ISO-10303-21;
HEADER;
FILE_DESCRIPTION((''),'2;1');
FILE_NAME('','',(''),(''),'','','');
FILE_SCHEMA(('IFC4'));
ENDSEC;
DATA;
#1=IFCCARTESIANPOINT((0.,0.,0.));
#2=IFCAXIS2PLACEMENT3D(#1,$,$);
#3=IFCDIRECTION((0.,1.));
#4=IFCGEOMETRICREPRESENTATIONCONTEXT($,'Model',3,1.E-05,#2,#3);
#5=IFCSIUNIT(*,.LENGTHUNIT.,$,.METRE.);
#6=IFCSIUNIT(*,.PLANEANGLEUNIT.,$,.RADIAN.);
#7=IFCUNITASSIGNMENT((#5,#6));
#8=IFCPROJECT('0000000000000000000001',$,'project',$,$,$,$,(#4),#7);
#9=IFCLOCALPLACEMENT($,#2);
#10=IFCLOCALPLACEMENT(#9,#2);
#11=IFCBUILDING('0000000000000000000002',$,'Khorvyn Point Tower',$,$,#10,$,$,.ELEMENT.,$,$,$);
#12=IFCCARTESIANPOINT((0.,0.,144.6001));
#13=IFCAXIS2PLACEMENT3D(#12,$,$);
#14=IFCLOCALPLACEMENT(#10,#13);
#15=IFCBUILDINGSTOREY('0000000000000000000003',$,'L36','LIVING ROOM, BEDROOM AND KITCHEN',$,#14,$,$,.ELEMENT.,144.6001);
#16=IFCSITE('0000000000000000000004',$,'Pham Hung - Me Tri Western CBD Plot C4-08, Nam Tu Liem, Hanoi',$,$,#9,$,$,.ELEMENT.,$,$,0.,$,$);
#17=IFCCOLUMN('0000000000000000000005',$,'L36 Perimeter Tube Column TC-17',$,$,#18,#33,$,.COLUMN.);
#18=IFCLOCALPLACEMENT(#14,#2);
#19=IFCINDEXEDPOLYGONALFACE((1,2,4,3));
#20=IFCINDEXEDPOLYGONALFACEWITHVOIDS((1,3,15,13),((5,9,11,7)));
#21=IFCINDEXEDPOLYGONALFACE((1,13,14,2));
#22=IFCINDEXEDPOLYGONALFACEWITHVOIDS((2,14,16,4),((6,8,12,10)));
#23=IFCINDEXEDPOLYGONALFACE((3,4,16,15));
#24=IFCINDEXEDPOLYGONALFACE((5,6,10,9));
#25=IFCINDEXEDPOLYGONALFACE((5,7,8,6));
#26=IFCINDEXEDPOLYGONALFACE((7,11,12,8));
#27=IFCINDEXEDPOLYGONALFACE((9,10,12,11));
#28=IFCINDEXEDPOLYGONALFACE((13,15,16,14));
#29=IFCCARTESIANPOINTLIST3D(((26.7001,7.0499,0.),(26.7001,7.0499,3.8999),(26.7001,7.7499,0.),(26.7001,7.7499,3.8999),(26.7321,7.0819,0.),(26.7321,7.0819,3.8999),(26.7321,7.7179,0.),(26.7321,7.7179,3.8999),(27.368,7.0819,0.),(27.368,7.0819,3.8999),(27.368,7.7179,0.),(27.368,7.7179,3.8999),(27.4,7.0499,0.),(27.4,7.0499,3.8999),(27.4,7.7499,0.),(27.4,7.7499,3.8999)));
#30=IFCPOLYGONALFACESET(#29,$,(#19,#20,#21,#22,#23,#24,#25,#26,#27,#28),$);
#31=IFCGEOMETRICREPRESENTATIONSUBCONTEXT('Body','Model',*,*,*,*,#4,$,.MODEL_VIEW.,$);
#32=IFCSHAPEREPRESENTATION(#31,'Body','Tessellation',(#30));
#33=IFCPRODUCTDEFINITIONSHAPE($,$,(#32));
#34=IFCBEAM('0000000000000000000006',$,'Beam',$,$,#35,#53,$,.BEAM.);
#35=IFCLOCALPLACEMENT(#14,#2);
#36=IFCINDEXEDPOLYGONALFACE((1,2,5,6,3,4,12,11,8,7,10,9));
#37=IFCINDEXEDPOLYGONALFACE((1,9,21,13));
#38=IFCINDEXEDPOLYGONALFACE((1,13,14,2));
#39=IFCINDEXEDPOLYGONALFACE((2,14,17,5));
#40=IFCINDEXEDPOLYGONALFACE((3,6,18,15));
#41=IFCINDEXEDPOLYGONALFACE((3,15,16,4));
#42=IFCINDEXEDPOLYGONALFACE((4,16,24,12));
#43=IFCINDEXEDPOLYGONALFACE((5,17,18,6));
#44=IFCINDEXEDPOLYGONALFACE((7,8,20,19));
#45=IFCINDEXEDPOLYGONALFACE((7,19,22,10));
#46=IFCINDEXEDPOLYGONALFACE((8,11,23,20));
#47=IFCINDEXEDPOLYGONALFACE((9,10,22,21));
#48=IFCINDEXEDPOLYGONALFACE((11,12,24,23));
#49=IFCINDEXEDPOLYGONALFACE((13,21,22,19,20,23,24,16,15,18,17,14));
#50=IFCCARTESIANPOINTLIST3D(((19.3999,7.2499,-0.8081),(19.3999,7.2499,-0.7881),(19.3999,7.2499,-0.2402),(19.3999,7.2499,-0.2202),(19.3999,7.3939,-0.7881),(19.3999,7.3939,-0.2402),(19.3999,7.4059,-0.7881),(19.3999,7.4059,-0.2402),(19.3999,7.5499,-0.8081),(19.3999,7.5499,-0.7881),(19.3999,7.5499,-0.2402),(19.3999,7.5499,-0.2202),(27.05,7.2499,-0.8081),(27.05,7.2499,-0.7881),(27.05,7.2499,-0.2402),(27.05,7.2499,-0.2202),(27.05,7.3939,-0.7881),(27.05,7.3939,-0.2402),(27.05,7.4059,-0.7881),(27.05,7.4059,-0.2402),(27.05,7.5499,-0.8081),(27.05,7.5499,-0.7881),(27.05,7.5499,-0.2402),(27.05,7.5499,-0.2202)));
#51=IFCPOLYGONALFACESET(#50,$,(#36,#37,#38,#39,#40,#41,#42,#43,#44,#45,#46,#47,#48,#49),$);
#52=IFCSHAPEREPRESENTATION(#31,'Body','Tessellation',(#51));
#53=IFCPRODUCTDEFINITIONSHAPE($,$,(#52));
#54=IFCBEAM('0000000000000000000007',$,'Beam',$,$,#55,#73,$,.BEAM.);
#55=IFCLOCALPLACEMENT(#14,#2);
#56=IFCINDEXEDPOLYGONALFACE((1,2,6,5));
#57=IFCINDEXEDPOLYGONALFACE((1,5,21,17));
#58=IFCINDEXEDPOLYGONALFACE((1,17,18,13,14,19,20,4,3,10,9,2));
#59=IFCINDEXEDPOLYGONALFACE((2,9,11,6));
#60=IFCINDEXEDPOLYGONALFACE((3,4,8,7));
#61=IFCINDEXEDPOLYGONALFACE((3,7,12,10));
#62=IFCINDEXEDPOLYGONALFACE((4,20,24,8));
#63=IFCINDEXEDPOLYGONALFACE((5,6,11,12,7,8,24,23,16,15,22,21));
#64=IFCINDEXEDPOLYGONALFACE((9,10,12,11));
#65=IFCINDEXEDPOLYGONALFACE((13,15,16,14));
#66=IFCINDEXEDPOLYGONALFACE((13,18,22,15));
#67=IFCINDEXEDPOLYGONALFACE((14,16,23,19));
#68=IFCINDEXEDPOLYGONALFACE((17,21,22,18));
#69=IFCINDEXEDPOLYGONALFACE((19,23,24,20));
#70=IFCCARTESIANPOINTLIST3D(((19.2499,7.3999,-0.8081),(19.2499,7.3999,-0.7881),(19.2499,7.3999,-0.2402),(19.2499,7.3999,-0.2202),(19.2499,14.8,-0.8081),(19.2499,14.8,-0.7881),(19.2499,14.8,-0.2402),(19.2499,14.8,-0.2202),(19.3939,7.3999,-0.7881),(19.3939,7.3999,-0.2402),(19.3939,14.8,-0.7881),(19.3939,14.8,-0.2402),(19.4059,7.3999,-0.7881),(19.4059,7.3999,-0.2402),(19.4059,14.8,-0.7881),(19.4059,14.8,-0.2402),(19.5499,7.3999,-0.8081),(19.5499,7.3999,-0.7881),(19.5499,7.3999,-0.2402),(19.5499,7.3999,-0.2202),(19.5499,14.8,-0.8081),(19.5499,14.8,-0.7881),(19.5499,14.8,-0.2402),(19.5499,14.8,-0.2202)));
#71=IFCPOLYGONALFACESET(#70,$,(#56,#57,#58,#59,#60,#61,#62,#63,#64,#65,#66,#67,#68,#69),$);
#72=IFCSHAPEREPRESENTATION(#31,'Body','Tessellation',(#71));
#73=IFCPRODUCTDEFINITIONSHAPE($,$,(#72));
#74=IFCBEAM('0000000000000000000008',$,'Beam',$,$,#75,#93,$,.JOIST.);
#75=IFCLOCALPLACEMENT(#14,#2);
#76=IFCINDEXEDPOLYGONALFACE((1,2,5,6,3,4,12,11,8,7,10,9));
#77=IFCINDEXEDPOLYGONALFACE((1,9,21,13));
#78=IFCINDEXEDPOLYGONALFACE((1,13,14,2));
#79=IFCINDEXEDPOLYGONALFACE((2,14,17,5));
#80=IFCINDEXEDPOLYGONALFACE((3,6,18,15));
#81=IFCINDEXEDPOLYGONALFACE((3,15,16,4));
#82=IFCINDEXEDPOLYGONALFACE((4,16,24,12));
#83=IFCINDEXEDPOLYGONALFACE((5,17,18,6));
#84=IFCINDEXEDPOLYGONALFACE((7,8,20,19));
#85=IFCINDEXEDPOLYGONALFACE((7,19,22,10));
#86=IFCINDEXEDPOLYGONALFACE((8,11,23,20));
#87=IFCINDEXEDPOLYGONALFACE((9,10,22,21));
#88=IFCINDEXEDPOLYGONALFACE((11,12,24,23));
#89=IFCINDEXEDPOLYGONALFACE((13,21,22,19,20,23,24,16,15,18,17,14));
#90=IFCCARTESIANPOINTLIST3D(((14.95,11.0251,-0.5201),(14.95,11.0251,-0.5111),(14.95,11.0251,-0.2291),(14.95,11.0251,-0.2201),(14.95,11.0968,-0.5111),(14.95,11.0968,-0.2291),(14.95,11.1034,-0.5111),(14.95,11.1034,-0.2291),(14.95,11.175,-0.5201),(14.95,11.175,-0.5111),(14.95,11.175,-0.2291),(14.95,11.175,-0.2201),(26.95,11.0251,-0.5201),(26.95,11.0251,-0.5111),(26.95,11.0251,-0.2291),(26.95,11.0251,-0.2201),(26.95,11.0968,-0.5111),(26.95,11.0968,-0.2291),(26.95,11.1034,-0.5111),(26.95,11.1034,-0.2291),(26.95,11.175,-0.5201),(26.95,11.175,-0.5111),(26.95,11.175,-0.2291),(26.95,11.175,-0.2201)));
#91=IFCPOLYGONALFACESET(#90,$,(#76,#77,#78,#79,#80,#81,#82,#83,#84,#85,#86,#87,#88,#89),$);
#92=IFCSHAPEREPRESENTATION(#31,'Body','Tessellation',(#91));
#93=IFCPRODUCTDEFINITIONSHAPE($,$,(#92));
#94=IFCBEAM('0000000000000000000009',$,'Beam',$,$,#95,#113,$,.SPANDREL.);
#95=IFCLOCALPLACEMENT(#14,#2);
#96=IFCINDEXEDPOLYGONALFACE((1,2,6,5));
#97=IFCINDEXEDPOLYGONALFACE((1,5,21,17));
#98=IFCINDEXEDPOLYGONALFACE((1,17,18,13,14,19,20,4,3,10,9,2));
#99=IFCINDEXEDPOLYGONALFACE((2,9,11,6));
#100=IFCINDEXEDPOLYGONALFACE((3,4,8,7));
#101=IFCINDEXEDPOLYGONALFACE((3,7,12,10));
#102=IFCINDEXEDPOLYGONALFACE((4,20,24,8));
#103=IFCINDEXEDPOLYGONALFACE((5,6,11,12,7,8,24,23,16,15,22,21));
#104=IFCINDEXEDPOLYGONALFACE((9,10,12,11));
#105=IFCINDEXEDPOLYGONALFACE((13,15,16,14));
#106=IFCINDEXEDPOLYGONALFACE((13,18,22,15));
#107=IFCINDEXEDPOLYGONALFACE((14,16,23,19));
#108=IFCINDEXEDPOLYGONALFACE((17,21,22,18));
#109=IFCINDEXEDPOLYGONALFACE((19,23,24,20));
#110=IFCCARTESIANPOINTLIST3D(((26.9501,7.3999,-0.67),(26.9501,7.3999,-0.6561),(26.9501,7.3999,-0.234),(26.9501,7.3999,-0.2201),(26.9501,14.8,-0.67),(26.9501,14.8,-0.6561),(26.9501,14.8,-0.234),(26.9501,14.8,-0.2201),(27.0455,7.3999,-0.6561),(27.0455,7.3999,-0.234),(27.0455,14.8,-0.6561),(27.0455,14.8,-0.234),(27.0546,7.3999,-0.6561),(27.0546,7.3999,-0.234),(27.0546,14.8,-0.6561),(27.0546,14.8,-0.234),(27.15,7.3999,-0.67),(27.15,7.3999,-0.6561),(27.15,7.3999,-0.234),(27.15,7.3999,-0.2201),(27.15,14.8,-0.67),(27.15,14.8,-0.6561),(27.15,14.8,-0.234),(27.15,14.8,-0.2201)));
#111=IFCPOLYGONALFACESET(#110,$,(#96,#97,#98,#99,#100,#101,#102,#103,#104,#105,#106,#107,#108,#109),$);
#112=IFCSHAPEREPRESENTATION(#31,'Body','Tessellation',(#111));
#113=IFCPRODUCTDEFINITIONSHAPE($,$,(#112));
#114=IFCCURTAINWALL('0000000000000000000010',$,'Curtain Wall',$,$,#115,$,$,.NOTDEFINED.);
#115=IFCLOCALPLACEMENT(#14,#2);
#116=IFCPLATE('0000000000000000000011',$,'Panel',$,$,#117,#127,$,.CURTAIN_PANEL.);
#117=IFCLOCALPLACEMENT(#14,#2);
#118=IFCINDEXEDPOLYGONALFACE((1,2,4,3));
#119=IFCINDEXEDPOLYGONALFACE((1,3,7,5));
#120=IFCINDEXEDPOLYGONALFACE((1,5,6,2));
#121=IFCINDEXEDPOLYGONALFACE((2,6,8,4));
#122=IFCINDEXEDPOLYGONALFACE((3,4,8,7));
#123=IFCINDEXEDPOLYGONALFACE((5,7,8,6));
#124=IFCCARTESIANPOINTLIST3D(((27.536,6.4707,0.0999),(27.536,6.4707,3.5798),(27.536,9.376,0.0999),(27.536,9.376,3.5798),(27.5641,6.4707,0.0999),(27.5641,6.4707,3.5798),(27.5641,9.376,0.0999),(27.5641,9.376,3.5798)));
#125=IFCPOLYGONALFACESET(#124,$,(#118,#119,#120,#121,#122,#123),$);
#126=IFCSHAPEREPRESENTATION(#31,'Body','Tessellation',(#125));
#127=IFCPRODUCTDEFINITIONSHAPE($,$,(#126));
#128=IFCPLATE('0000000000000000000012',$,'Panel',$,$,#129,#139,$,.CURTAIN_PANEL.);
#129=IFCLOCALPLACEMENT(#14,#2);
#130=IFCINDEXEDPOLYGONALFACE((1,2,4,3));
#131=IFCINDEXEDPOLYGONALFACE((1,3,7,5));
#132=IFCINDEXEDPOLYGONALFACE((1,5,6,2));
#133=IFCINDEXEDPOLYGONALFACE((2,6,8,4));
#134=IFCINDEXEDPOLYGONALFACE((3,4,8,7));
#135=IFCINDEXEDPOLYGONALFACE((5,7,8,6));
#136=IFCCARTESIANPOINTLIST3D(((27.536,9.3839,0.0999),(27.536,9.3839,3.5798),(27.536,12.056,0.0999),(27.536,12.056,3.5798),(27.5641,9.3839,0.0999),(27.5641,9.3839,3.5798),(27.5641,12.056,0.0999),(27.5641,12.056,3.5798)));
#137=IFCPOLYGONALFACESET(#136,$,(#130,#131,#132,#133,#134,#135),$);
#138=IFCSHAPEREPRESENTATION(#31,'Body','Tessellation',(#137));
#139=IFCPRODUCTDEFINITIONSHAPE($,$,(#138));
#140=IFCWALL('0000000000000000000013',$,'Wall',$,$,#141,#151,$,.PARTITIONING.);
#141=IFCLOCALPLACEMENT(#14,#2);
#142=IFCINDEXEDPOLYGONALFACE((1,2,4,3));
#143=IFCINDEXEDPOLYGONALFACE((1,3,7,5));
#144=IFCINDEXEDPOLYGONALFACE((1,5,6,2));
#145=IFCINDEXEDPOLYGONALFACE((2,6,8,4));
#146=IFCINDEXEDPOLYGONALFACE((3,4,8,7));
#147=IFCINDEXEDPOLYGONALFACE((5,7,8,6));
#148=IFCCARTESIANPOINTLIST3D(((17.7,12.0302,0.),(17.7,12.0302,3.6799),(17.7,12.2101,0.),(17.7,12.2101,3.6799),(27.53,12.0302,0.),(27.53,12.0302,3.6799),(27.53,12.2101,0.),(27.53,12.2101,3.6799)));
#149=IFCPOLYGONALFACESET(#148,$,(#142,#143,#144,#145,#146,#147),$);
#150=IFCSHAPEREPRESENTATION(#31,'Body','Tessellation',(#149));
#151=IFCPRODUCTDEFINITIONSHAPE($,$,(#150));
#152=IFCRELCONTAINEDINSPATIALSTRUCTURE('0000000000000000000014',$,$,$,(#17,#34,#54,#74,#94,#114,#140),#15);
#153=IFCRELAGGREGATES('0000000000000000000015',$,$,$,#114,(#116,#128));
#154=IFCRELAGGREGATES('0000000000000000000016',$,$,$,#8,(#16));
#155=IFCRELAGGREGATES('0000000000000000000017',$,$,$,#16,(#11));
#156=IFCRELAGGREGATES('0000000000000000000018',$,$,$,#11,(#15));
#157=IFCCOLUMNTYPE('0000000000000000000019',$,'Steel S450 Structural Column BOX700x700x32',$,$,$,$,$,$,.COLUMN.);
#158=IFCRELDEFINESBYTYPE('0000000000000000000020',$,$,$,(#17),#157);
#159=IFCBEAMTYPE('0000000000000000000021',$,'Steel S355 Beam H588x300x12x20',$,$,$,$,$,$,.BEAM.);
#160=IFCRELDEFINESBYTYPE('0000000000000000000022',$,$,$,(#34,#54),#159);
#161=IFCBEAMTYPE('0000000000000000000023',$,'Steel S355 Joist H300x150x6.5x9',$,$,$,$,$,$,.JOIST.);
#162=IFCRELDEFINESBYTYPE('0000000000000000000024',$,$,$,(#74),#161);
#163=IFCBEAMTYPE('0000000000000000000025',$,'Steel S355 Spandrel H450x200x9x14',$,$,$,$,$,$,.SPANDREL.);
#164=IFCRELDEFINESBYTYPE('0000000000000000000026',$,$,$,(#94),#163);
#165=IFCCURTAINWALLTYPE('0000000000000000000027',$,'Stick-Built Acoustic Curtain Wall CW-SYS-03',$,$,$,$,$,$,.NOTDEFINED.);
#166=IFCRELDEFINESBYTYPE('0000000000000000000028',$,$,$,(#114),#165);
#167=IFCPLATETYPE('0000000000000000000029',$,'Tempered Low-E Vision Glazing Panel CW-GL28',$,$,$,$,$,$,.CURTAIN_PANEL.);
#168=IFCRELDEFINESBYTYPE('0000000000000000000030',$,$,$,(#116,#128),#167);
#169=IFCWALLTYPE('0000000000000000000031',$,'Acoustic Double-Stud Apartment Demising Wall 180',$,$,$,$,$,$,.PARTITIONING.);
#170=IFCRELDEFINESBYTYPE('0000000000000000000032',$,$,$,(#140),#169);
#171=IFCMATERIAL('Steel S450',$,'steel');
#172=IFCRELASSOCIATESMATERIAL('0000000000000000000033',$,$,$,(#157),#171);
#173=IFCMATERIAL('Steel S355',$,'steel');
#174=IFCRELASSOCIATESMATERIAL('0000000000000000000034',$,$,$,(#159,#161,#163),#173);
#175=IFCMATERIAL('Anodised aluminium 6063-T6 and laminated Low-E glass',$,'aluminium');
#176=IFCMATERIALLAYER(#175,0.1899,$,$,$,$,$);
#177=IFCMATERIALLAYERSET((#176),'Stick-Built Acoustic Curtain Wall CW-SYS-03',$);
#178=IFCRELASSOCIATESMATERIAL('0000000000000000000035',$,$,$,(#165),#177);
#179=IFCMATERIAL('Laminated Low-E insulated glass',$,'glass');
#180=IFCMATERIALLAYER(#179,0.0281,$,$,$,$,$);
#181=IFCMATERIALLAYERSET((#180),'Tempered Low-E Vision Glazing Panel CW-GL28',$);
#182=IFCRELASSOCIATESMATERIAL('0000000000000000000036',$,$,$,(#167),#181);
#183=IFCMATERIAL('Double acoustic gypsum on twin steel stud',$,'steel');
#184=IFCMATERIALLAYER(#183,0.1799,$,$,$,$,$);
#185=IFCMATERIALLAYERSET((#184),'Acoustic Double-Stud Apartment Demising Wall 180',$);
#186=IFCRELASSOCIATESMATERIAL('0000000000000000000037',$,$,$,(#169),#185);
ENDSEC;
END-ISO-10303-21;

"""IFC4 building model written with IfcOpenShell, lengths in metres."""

from ifc_helpers import new_model, si_unit, direction, frame, frame_2d, origin, origin_2d, place, context, subcontext, project, spatial, rectangle, hollow_rectangle, i_section, extrude, material, layer, layer_set, material_profile, profile_set, type_object, element, aggregate, save


model = new_model("IFC4")

# Units and contexts
model_context = context("Model", 3, precision=1e-05, world=origin(), true_north=direction((0.0, 1.0)))
body_context = subcontext(model_context, "Body", "Model", "MODEL_VIEW")
ifc_project = project(units=[si_unit("LENGTHUNIT", "METRE"), si_unit("PLANEANGLEUNIT", "RADIAN")], contexts=[model_context])

# Site, building, storey
site_placement = place(None, origin())
site = spatial("IfcSite", under=ifc_project, at=site_placement, Name="Pham Hung - Me Tri Western CBD Plot C4-08, Nam Tu Liem, Hanoi", CompositionType="ELEMENT", RefElevation=0.0)
building_placement = place(site_placement, origin())
building = spatial("IfcBuilding", under=site, at=building_placement, Name="Khorvyn Point Tower", CompositionType="ELEMENT")
storey_placement = place(building_placement, frame((0.0, 0.0, 144.6001)))
storey = spatial("IfcBuildingStorey", under=building, at=storey_placement, Name="L36", Description="LIVING ROOM, BEDROOM AND KITCHEN", CompositionType="ELEMENT", Elevation=144.6001)

# Column
ifc_material_1 = material(Name="Steel S450", Category="steel")
ifc_material_profile_1 = material_profile(ifc_material_1, hollow_rectangle(XDim=0.7, YDim=0.7, WallThickness=0.032, at=origin_2d()))
ifc_profile_set_1 = profile_set([ifc_material_profile_1], Name="Steel S450 BOX700x700x32")
column_type = type_object("IfcColumnType", Name="Steel S450 Structural Column BOX700x700x32", PredefinedType="COLUMN", material=ifc_profile_set_1)
column_placement = place(storey_placement, frame((27.05, 7.3999, 0.0), z_axis=(0.0, 0.0, 1.0), x_axis=(1.0, 0.0, 0.0)))
element("IfcColumn", 1, at=column_placement, inside=storey, type_object=column_type, Name="L36 Perimeter Tube Column TC-17", PredefinedType="COLUMN", context=body_context, shape_type="SweptSolid", body=[
    extrude(hollow_rectangle(XDim=0.7, YDim=0.7, WallThickness=0.032, at=origin_2d()), origin(), (0.0, 0.0, 1.0), 3.8999),
])

# Beams
ifc_material_2 = material(Name="Steel S355", Category="steel")
ifc_material_profile_2 = material_profile(ifc_material_2, i_section(OverallWidth=0.3, OverallDepth=0.5879, WebThickness=0.012, FlangeThickness=0.02, at=origin_2d()))
ifc_profile_set_2 = profile_set([ifc_material_profile_2], Name="Steel S355 H588x300x12x20")
beam_type_1 = type_object("IfcBeamType", Name="Steel S355 Beam H588x300x12x20", PredefinedType="BEAM", material=ifc_profile_set_2)
beam_1_placement = place(storey_placement, frame((19.3999, 7.3999, -0.5142), z_axis=(1.0, 0.0, 0.0), x_axis=(0.0, 1.0, 0.0)))
element("IfcBeam", 2, at=beam_1_placement, inside=storey, type_object=beam_type_1, Name="Beam", PredefinedType="BEAM", context=body_context, shape_type="SweptSolid", body=[
    extrude(i_section(OverallWidth=0.3, OverallDepth=0.5879, WebThickness=0.012, FlangeThickness=0.02, at=origin_2d()), origin(), (0.0, 0.0, 1.0), 7.6501),
])
beam_2_placement = place(storey_placement, frame((19.3999, 7.3999, -0.5142), z_axis=(0.0, 1.0, 0.0), x_axis=(-1.0, 0.0, 0.0)))
element("IfcBeam", 3, at=beam_2_placement, inside=storey, type_object=beam_type_1, Name="Beam", PredefinedType="BEAM", context=body_context, shape_type="SweptSolid", body=[
    extrude(i_section(OverallWidth=0.3, OverallDepth=0.5879, WebThickness=0.012, FlangeThickness=0.02, at=origin_2d()), origin(), (0.0, 0.0, 1.0), 7.4001),
])
ifc_material_profile_3 = material_profile(ifc_material_2, i_section(OverallWidth=0.1499, OverallDepth=0.3, WebThickness=0.0066, FlangeThickness=0.009, at=origin_2d()))
ifc_profile_set_3 = profile_set([ifc_material_profile_3], Name="Steel S355 H300x150x6.5x9")
beam_type_2 = type_object("IfcBeamType", Name="Steel S355 Joist H300x150x6.5x9", PredefinedType="JOIST", material=ifc_profile_set_3)
beam_3_placement = place(storey_placement, frame((14.95, 11.1001, -0.3701), z_axis=(1.0, 0.0, 0.0), x_axis=(0.0, 1.0, 0.0)))
element("IfcBeam", 4, at=beam_3_placement, inside=storey, type_object=beam_type_2, Name="Beam", PredefinedType="JOIST", context=body_context, shape_type="SweptSolid", body=[
    extrude(i_section(OverallWidth=0.1499, OverallDepth=0.3, WebThickness=0.0066, FlangeThickness=0.009, at=origin_2d()), origin(), (0.0, 0.0, 1.0), 12.0),
])
ifc_material_profile_4 = material_profile(ifc_material_2, i_section(OverallWidth=0.2, OverallDepth=0.45, WebThickness=0.009, FlangeThickness=0.0139, at=origin_2d()))
ifc_profile_set_4 = profile_set([ifc_material_profile_4], Name="Steel S355 H450x200x9x14")
beam_type_3 = type_object("IfcBeamType", Name="Steel S355 Spandrel H450x200x9x14", PredefinedType="SPANDREL", material=ifc_profile_set_4)
beam_4_placement = place(storey_placement, frame((27.05, 7.3999, -0.4451), z_axis=(0.0, 1.0, 0.0), x_axis=(-1.0, 0.0, 0.0)))
element("IfcBeam", 5, at=beam_4_placement, inside=storey, type_object=beam_type_3, Name="Beam", PredefinedType="SPANDREL", context=body_context, shape_type="SweptSolid", body=[
    extrude(i_section(OverallWidth=0.2, OverallDepth=0.45, WebThickness=0.009, FlangeThickness=0.0139, at=origin_2d()), origin(), (0.0, 0.0, 1.0), 7.4001),
])

# Curtain wall, plates
ifc_material_3 = material(Name="Anodised aluminium 6063-T6 and laminated Low-E glass", Category="aluminium")
ifc_layer_1 = layer(ifc_material_3, 0.1899)
ifc_layer_set_1 = layer_set([ifc_layer_1], Name="Stick-Built Acoustic Curtain Wall CW-SYS-03")
curtain_wall_type = type_object("IfcCurtainWallType", Name="Stick-Built Acoustic Curtain Wall CW-SYS-03", PredefinedType="NOTDEFINED", material=ifc_layer_set_1)
curtain_wall_placement = place(storey_placement, origin())
curtain_wall = element("IfcCurtainWall", 6, at=curtain_wall_placement, inside=storey, type_object=curtain_wall_type, Name="Curtain Wall", PredefinedType="NOTDEFINED")
ifc_material_4 = material(Name="Laminated Low-E insulated glass", Category="glass")
ifc_layer_2 = layer(ifc_material_4, 0.0281)
ifc_layer_set_2 = layer_set([ifc_layer_2], Name="Tempered Low-E Vision Glazing Panel CW-GL28")
plate_type = type_object("IfcPlateType", Name="Tempered Low-E Vision Glazing Panel CW-GL28", PredefinedType="CURTAIN_PANEL", material=ifc_layer_set_2)
plate_1_placement = place(storey_placement, frame((27.55, 7.9233, 0.0999), z_axis=(0.0, 0.0, 1.0), x_axis=(0.0, -1.0, 0.0)))
plate_1 = element("IfcPlate", 7, at=plate_1_placement, type_object=plate_type, Name="Panel", PredefinedType="CURTAIN_PANEL", context=body_context, shape_type="SweptSolid", body=[
    extrude(rectangle(XDim=2.9053, YDim=0.0281, at=origin_2d()), origin(), (0.0, 0.0, 1.0), 3.48),
])
plate_2_placement = place(storey_placement, frame((27.55, 10.72, 0.0999), z_axis=(0.0, 0.0, 1.0), x_axis=(0.0, -1.0, 0.0)))
plate_2 = element("IfcPlate", 8, at=plate_2_placement, type_object=plate_type, Name="Panel", PredefinedType="CURTAIN_PANEL", context=body_context, shape_type="SweptSolid", body=[
    extrude(rectangle(XDim=2.6721, YDim=0.0281, at=origin_2d()), origin(), (0.0, 0.0, 1.0), 3.48),
])
aggregate(curtain_wall, [plate_1, plate_2])

# Wall
ifc_material_5 = material(Name="Double acoustic gypsum on twin steel stud", Category="steel")
ifc_layer_3 = layer(ifc_material_5, 0.1799)
ifc_layer_set_3 = layer_set([ifc_layer_3], Name="Acoustic Double-Stud Apartment Demising Wall 180")
wall_type_1 = type_object("IfcWallType", Name="Acoustic Double-Stud Apartment Demising Wall 180", PredefinedType="PARTITIONING", material=ifc_layer_set_3)
wall_1_placement = place(storey_placement, frame((17.7, 12.1201, 0.0), z_axis=(0.0, 0.0, 1.0), x_axis=(1.0, 0.0, 0.0)))
element("IfcWall", 9, at=wall_1_placement, inside=storey, type_object=wall_type_1, Name="Wall", PredefinedType="PARTITIONING", context=body_context, shape_type="SweptSolid", body=[
    extrude(rectangle(XDim=9.8301, YDim=0.1799, at=frame_2d((4.915, 0.0))), origin(), (0.0, 0.0, 1.0), 3.6799),
])

save(model, "model.ifc")
